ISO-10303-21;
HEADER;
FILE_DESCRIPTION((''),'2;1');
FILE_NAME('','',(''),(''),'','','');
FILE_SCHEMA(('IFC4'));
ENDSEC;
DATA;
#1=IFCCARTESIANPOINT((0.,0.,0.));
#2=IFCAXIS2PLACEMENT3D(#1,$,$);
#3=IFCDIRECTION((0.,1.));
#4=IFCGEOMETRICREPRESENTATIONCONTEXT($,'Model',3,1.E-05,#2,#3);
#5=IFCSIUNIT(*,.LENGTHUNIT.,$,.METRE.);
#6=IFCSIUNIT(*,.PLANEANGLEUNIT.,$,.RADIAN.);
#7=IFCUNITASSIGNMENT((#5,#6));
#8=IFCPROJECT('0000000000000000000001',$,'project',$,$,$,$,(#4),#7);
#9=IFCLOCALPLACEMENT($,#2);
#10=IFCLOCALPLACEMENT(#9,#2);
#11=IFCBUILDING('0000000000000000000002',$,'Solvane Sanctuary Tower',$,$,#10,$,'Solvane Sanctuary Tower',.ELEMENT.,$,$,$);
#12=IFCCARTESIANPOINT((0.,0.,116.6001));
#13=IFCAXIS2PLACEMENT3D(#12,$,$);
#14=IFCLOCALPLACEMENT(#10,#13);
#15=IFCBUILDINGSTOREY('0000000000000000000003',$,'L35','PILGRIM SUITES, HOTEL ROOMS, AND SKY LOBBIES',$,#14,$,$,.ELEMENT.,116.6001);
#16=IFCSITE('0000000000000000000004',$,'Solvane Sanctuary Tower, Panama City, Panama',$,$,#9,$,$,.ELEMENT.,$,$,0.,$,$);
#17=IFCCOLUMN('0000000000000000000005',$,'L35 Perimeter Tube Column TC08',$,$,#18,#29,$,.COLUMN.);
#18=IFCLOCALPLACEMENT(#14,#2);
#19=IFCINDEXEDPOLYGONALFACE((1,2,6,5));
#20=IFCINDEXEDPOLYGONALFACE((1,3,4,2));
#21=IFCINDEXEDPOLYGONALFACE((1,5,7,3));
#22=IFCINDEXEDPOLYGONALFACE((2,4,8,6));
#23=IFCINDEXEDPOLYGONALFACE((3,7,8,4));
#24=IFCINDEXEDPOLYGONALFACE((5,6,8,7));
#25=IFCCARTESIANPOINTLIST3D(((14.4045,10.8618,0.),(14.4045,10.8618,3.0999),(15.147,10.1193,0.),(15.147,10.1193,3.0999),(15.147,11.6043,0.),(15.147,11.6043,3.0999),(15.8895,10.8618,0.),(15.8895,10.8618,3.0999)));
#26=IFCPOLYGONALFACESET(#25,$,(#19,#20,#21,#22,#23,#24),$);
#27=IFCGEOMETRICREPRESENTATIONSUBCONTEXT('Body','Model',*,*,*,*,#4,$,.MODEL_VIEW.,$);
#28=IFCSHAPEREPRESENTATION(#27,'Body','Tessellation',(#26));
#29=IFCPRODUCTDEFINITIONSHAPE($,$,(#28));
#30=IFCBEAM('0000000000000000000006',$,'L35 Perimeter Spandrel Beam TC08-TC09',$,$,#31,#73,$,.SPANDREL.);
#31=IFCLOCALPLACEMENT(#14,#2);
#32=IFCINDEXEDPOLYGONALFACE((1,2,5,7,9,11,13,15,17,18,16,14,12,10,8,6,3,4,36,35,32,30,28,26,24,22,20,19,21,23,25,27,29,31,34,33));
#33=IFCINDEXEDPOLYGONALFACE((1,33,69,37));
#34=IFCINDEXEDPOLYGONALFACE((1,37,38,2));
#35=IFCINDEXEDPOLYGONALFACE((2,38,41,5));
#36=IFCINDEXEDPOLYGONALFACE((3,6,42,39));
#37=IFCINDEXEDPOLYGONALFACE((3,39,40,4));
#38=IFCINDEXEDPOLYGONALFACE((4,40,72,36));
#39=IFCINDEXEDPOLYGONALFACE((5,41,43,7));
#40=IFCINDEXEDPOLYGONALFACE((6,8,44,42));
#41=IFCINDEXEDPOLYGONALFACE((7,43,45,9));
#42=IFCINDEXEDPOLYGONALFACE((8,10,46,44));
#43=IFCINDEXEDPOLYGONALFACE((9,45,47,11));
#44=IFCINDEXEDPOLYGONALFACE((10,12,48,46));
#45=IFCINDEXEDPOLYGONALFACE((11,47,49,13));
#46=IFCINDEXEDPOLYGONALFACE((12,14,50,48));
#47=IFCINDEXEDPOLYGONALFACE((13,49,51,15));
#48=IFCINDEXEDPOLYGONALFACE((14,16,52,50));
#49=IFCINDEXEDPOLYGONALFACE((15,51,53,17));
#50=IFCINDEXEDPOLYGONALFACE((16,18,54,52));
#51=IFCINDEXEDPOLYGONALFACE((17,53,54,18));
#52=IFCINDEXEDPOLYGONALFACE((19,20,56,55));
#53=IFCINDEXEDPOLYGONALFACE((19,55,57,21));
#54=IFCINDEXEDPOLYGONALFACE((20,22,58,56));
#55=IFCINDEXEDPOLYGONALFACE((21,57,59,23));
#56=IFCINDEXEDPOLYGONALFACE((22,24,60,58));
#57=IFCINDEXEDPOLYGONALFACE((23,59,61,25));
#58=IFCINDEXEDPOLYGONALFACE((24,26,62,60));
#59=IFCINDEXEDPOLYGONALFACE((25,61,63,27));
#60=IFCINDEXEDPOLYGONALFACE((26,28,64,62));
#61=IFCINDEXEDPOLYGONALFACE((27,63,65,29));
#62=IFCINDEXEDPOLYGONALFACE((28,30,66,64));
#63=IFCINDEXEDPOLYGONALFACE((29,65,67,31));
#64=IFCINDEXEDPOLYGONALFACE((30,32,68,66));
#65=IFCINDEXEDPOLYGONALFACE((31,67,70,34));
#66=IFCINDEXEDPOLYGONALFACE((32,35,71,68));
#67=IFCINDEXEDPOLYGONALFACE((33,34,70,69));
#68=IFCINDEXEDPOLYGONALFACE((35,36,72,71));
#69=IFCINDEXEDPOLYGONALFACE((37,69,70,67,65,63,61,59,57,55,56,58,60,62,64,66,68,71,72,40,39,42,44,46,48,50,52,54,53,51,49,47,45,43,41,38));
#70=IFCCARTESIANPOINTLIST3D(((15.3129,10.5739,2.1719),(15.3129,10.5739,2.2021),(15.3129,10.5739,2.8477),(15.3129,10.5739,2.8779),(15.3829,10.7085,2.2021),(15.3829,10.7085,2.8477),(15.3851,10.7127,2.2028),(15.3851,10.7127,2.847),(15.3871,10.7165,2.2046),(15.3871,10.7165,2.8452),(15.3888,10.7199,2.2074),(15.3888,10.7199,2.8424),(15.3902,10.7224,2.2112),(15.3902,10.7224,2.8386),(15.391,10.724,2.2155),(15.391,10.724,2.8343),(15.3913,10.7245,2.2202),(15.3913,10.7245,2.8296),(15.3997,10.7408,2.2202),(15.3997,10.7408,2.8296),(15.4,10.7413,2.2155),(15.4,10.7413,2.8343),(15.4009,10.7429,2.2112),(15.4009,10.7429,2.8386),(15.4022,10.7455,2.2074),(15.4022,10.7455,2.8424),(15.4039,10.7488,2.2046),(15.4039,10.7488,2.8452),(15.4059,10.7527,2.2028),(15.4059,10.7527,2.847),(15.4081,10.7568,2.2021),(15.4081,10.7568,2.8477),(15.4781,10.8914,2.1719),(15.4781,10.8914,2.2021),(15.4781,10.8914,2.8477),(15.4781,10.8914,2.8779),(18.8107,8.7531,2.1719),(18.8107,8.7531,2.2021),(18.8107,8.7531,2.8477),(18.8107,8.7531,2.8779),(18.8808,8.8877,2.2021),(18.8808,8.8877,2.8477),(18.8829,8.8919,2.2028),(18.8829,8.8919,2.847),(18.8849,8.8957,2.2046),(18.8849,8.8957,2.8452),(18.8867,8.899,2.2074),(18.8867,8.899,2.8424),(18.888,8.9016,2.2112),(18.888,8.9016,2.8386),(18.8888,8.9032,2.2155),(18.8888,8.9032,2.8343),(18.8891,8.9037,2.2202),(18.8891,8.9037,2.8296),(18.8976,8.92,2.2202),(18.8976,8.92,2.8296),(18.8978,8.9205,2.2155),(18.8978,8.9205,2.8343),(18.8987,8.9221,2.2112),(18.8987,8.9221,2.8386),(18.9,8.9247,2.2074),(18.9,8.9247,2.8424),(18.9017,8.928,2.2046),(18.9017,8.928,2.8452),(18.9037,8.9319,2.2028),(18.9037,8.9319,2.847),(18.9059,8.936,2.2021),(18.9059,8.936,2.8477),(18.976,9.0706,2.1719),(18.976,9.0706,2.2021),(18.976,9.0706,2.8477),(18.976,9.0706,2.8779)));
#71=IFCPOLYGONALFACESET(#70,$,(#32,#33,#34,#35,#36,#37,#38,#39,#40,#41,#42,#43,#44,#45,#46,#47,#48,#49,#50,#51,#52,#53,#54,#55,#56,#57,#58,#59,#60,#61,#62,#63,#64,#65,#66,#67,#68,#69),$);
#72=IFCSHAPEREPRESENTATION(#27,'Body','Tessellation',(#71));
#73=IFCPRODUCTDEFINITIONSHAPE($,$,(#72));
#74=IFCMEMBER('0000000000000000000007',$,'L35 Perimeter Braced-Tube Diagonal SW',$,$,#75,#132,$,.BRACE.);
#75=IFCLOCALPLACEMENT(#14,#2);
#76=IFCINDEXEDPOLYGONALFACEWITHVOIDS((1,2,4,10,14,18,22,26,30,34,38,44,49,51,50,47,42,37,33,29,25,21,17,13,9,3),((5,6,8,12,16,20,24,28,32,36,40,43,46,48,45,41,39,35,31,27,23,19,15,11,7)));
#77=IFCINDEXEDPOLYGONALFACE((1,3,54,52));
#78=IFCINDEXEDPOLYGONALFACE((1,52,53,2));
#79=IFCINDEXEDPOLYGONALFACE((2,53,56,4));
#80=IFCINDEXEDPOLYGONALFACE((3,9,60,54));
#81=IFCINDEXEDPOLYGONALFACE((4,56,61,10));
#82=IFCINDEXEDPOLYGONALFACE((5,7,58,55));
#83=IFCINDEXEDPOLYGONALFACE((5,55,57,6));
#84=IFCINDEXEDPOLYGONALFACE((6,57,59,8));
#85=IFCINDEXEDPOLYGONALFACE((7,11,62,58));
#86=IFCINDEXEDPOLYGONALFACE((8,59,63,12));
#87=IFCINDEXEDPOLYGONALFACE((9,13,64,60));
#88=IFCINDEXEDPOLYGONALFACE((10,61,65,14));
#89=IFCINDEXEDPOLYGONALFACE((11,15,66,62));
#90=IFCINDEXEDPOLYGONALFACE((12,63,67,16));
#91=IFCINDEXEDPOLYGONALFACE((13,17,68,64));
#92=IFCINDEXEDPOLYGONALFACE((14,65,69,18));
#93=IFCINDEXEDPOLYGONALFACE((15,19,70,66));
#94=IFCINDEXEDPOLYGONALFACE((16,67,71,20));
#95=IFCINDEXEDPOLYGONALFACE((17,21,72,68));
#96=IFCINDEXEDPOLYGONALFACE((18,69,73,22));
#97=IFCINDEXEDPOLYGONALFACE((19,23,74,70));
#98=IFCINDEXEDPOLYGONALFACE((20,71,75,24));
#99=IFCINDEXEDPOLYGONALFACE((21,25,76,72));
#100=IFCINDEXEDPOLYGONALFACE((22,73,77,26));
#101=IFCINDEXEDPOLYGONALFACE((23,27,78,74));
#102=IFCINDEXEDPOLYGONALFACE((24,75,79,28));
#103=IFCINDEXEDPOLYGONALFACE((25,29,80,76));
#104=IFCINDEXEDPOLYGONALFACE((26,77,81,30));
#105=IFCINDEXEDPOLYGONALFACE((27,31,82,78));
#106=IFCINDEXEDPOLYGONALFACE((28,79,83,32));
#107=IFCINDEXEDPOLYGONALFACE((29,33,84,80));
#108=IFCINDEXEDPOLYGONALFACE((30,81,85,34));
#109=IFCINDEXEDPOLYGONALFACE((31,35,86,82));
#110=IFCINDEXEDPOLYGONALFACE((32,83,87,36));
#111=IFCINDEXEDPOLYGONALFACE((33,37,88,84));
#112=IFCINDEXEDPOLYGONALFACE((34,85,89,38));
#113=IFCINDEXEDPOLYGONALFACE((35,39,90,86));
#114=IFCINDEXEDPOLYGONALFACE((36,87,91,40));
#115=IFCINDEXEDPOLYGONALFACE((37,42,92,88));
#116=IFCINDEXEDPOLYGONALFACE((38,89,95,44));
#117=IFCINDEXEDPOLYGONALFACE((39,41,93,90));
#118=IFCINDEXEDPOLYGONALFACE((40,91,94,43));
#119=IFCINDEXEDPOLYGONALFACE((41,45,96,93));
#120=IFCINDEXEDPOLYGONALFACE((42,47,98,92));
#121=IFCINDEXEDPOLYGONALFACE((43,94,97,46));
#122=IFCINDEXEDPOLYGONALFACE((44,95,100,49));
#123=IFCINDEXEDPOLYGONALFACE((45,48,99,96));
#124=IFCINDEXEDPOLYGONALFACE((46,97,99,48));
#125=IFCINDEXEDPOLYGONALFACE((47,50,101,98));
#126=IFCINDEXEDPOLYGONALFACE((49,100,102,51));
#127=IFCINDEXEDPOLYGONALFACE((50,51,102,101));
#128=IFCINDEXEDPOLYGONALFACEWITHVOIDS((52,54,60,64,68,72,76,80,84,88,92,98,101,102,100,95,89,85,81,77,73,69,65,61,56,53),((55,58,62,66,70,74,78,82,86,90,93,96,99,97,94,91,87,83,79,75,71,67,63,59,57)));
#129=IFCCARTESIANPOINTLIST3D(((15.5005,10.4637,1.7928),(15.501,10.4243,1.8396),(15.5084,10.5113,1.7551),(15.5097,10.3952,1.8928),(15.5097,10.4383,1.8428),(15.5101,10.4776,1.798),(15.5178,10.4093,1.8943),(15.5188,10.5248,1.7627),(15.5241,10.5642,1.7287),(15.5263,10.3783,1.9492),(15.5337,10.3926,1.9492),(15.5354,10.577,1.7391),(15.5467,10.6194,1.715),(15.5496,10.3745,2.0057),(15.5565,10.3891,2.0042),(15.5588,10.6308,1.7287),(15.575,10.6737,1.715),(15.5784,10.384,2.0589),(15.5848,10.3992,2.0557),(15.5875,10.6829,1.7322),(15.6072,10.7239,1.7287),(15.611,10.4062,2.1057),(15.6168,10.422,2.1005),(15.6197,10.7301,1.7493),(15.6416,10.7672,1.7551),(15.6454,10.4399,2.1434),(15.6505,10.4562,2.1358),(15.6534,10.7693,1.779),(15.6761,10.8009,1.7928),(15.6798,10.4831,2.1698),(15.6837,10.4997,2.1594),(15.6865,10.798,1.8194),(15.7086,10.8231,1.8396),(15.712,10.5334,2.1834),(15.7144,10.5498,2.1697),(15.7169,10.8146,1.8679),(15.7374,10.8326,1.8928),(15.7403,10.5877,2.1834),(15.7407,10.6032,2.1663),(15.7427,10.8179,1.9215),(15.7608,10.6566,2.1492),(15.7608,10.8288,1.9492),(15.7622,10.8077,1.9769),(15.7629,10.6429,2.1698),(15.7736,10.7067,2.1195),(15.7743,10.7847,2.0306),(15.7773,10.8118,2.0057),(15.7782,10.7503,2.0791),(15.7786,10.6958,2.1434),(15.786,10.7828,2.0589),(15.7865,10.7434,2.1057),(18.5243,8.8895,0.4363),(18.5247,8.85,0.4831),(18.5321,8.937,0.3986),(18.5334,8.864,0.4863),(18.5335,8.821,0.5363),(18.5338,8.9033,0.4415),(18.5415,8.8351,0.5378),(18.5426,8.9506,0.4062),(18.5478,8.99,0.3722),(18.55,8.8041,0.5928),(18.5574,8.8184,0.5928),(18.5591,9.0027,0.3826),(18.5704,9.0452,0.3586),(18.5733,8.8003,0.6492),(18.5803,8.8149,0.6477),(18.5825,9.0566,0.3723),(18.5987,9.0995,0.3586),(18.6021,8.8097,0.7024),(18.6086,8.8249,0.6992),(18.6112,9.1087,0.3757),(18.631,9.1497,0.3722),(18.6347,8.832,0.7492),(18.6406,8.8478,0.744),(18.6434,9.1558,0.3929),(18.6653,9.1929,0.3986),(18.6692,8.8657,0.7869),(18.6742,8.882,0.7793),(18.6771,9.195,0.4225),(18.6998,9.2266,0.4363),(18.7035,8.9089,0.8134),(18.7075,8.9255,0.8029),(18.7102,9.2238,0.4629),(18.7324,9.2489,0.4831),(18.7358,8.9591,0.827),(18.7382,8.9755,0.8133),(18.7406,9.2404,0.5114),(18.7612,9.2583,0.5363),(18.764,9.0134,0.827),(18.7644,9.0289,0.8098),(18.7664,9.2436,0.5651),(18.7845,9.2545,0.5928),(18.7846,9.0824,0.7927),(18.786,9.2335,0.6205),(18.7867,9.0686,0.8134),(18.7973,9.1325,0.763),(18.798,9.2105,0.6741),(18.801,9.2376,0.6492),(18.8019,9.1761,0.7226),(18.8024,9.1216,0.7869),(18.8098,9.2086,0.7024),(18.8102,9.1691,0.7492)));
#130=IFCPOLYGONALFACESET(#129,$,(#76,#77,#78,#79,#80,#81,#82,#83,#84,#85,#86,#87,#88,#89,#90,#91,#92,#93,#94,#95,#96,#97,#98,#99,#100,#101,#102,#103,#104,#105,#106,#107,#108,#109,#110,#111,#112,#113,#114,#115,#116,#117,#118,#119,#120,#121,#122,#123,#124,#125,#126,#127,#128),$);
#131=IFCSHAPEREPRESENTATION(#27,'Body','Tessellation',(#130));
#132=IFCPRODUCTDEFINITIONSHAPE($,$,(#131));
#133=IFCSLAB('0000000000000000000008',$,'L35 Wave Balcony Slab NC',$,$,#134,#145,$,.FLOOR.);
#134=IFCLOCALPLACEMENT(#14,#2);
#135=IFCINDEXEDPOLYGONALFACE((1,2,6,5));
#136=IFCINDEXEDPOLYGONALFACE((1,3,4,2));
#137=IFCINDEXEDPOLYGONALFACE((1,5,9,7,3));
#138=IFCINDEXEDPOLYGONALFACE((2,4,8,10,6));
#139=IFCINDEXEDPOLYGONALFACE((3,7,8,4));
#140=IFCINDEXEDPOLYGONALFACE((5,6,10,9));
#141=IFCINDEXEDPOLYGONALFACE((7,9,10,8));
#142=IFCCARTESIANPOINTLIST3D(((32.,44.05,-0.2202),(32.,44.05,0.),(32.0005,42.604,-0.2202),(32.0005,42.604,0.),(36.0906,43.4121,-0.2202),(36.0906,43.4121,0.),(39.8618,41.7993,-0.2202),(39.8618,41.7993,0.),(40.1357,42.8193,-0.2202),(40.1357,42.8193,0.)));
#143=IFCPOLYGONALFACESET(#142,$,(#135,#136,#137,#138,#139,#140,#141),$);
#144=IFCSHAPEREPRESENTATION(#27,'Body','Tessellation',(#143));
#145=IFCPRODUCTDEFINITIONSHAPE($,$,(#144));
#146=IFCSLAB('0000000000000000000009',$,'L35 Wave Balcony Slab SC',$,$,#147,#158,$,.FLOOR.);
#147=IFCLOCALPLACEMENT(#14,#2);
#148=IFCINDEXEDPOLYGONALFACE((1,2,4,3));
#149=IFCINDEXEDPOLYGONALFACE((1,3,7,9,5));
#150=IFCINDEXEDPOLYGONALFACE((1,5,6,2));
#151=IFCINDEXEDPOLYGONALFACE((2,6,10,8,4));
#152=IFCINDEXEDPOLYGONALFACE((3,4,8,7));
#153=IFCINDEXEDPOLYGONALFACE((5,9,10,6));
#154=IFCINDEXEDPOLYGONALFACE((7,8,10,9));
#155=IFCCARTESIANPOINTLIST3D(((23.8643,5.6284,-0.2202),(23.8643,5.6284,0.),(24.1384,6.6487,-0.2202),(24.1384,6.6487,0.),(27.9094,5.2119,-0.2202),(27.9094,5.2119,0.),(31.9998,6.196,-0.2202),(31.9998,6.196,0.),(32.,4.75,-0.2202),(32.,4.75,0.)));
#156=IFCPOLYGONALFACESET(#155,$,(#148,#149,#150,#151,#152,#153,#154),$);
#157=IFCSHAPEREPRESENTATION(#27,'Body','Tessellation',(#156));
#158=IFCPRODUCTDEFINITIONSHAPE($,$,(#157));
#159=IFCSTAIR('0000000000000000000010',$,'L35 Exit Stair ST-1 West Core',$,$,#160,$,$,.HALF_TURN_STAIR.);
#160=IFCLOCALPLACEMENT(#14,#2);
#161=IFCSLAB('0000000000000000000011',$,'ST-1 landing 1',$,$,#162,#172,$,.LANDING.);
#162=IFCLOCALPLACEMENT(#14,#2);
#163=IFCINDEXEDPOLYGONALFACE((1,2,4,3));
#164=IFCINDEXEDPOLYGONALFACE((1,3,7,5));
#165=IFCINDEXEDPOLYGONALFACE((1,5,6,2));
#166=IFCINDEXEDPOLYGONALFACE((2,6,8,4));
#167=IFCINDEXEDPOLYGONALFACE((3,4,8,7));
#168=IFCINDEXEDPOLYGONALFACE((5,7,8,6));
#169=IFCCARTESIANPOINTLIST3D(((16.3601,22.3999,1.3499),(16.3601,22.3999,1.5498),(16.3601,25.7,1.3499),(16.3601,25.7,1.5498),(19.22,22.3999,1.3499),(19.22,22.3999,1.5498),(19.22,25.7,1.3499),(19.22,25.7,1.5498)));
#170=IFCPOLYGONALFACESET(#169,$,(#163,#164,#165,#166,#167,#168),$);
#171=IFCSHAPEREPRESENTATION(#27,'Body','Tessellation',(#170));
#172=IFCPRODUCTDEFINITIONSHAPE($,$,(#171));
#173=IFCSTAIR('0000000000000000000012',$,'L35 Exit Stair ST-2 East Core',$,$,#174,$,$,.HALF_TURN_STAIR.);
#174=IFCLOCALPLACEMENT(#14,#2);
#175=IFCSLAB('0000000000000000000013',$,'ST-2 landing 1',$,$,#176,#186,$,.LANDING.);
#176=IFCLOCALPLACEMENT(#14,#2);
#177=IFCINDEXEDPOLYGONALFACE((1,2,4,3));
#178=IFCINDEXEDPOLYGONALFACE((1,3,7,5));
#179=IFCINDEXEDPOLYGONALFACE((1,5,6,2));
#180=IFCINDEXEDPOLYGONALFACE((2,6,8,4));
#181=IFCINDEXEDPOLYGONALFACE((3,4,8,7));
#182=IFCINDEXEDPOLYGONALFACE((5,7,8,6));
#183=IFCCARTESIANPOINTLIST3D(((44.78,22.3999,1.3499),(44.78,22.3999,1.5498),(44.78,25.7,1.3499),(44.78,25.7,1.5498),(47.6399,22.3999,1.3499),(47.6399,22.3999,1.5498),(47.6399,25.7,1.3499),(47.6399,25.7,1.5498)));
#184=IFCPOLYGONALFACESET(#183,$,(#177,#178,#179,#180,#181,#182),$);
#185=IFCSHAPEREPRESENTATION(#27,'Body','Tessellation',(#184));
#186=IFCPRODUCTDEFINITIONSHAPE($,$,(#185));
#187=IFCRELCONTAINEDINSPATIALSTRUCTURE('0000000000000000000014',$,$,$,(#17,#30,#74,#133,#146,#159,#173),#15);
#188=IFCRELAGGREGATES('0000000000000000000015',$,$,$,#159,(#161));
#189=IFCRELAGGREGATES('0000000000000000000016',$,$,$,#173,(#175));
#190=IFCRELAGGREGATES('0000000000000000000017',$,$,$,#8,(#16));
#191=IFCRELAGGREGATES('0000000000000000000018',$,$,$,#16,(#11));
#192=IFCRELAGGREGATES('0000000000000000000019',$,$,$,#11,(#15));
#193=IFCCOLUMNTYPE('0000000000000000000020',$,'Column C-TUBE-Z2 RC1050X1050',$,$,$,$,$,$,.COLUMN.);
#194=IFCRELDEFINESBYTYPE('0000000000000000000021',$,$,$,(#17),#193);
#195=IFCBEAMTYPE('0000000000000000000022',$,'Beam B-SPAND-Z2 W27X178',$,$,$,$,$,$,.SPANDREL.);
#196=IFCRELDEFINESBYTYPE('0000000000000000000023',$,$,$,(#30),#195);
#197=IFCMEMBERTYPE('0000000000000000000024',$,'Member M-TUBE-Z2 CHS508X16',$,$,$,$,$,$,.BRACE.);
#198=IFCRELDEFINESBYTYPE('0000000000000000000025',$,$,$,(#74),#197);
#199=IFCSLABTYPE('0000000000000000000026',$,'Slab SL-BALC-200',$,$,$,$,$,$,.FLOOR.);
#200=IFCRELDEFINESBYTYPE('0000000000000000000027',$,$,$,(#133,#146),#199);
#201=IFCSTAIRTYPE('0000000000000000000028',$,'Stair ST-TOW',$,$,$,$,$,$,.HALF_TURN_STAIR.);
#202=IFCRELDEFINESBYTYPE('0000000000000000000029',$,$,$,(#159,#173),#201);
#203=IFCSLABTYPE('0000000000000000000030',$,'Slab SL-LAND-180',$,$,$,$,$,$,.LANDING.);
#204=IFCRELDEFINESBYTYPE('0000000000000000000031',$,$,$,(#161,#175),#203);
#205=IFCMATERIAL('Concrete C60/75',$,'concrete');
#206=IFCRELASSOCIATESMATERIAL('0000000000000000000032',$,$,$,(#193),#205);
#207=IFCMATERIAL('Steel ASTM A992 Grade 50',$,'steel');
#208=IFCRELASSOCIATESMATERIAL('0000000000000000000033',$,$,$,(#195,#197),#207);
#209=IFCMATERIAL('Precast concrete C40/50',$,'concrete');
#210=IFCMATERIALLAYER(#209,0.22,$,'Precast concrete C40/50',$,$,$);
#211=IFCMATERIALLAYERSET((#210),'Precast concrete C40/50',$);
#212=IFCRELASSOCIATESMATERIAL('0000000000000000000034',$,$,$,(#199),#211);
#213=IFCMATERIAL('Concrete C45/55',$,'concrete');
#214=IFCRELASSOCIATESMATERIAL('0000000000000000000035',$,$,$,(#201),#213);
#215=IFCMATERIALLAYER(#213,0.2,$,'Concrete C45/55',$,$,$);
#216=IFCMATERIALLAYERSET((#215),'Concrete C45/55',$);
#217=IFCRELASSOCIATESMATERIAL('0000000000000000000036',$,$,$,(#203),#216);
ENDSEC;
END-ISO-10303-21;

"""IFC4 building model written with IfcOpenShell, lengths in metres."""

from ifc_helpers import new_model, si_unit, direction, frame, origin, origin_2d, place, context, subcontext, project, spatial, polyline, rectangle, hollow_circle, i_section, outline, extrude, material, layer, layer_set, material_profile, profile_set, type_object, element, aggregate, save


model = new_model("IFC4")

# Units and contexts
model_context = context("Model", 3, precision=1e-05, world=origin(), true_north=direction((0.0, 1.0)))
body_context = subcontext(model_context, "Body", "Model", "MODEL_VIEW")
ifc_project = project(units=[si_unit("LENGTHUNIT", "METRE"), si_unit("PLANEANGLEUNIT", "RADIAN")], contexts=[model_context])

# Site, building, storey
site_placement = place(None, origin())
site = spatial("IfcSite", under=ifc_project, at=site_placement, Name="Solvane Sanctuary Tower, Panama City, Panama", CompositionType="ELEMENT", RefElevation=0.0)
building_placement = place(site_placement, origin())
building = spatial("IfcBuilding", under=site, at=building_placement, Name="Solvane Sanctuary Tower", LongName="Solvane Sanctuary Tower", CompositionType="ELEMENT")
storey_placement = place(building_placement, frame((0.0, 0.0, 116.6001)))
storey = spatial("IfcBuildingStorey", under=building, at=storey_placement, Name="L35", Description="PILGRIM SUITES, HOTEL ROOMS, AND SKY LOBBIES", CompositionType="ELEMENT", Elevation=116.6001)

# Column
ifc_material_1 = material(Name="Concrete C60/75", Category="concrete")
ifc_material_profile_1 = material_profile(ifc_material_1, rectangle(XDim=1.05, YDim=1.05, at=origin_2d()), Name="RC1050X1050")
ifc_profile_set_1 = profile_set([ifc_material_profile_1], Name="Concrete C60/75")
column_type = type_object("IfcColumnType", Name="Column C-TUBE-Z2 RC1050X1050", PredefinedType="COLUMN", material=ifc_profile_set_1)
column_placement = place(storey_placement, frame((15.147, 10.8618, 0.0), z_axis=(0.0, 0.0, 1.0), x_axis=(-0.707107, -0.707107, 0.0)))
element("IfcColumn", 1, at=column_placement, inside=storey, type_object=column_type, Name="L35 Perimeter Tube Column TC08", PredefinedType="COLUMN", context=body_context, shape_type="SweptSolid", body=[
    extrude(rectangle(XDim=1.05, YDim=1.05, at=origin_2d()), origin(), (0.0, 0.0, 1.0), 3.0999),
])

# Beam
ifc_material_2 = material(Name="Steel ASTM A992 Grade 50", Category="steel")
ifc_material_profile_2 = material_profile(ifc_material_2, i_section(OverallWidth=0.3579, OverallDepth=0.7061, WebThickness=0.0183, FlangeThickness=0.0303, FilletRadius=0.0181, at=origin_2d()), Name="W27X178")
ifc_profile_set_2 = profile_set([ifc_material_profile_2], Name="Steel ASTM A992 Grade 50")
beam_type = type_object("IfcBeamType", Name="Beam B-SPAND-Z2 W27X178", PredefinedType="SPANDREL", material=ifc_profile_set_2)
beam_placement = place(storey_placement, frame((15.3955, 10.7327, 2.5249), z_axis=(0.887015, -0.461741, 0.0), x_axis=(0.461741, 0.887015, 0.0)))
element("IfcBeam", 2, at=beam_placement, inside=storey, type_object=beam_type, Name="L35 Perimeter Spandrel Beam TC08-TC09", PredefinedType="SPANDREL", context=body_context, shape_type="SweptSolid", body=[
    extrude(i_section(OverallWidth=0.3579, OverallDepth=0.7061, WebThickness=0.0183, FlangeThickness=0.0303, FilletRadius=0.0181, at=origin_2d()), origin(), (0.0, 0.0, 1.0), 3.9434),
])

# Member
ifc_material_profile_3 = material_profile(ifc_material_2, hollow_circle(Radius=0.2539, WallThickness=0.0161, at=origin_2d()), Name="CHS508X16")
ifc_profile_set_3 = profile_set([ifc_material_profile_3], Name="Steel ASTM A992 Grade 50")
member_type = type_object("IfcMemberType", Name="Member M-TUBE-Z2 CHS508X16", PredefinedType="BRACE", material=ifc_profile_set_3)
member_placement = place(storey_placement, frame((18.6672, 9.0293, 0.5928), z_axis=(-0.824141, 0.429072, 0.369715), x_axis=(-0.461792, -0.886988, 0.0)))
element("IfcMember", 3, at=member_placement, inside=storey, type_object=member_type, Name="L35 Perimeter Braced-Tube Diagonal SW", PredefinedType="BRACE", context=body_context, shape_type="SweptSolid", body=[
    extrude(hollow_circle(Radius=0.2539, WallThickness=0.0161, at=origin_2d()), origin(), (0.0, 0.0, 1.0), 3.6689),
])

# Slabs
ifc_material_3 = material(Name="Precast concrete C40/50", Category="concrete")
ifc_layer_1 = layer(ifc_material_3, 0.22, Name="Precast concrete C40/50")
ifc_layer_set_1 = layer_set([ifc_layer_1], Name="Precast concrete C40/50")
slab_type_1 = type_object("IfcSlabType", Name="Slab SL-BALC-200", PredefinedType="FLOOR", material=ifc_layer_set_1)
slab_1_placement = place(storey_placement, frame((0.0, 0.0, -0.2202)))
element("IfcSlab", 4, at=slab_1_placement, inside=storey, type_object=slab_type_1, Name="L35 Wave Balcony Slab NC", PredefinedType="FLOOR", context=body_context, shape_type="SweptSolid", body=[
    extrude(outline(polyline([(40.1357, 42.8193), (36.0906, 43.4121), (32.0, 44.05), (32.0005, 42.604), (39.8618, 41.7993), (40.1357, 42.8193)])), origin(), (0.0, 0.0, 1.0), 0.2202),
])
slab_2_placement = place(storey_placement, frame((0.0, 0.0, -0.2202)))
element("IfcSlab", 5, at=slab_2_placement, inside=storey, type_object=slab_type_1, Name="L35 Wave Balcony Slab SC", PredefinedType="FLOOR", context=body_context, shape_type="SweptSolid", body=[
    extrude(outline(polyline([(23.8643, 5.6284), (27.9094, 5.2119), (32.0, 4.75), (31.9998, 6.196), (24.1384, 6.6487), (23.8643, 5.6284)])), origin(), (0.0, 0.0, 1.0), 0.2202),
])

# Stairs, slabs
ifc_material_4 = material(Name="Concrete C45/55", Category="concrete")
stair_type = type_object("IfcStairType", Name="Stair ST-TOW", PredefinedType="HALF_TURN_STAIR", material=ifc_material_4)
stair_1_placement = place(storey_placement, origin())
stair_1 = element("IfcStair", 6, at=stair_1_placement, inside=storey, type_object=stair_type, Name="L35 Exit Stair ST-1 West Core", PredefinedType="HALF_TURN_STAIR")
ifc_layer_2 = layer(ifc_material_4, 0.2, Name="Concrete C45/55")
ifc_layer_set_2 = layer_set([ifc_layer_2], Name="Concrete C45/55")
slab_type_2 = type_object("IfcSlabType", Name="Slab SL-LAND-180", PredefinedType="LANDING", material=ifc_layer_set_2)
slab_3_placement = place(storey_placement, frame((0.0, 0.0, 1.3499)))
slab_3 = element("IfcSlab", 7, at=slab_3_placement, type_object=slab_type_2, Name="ST-1 landing 1", PredefinedType="LANDING", context=body_context, shape_type="SweptSolid", body=[
    extrude(outline(polyline([(19.22, 22.3999), (19.22, 25.7), (16.3601, 25.7), (16.3601, 22.3999), (19.22, 22.3999)])), origin(), (0.0, 0.0, 1.0), 0.2),
])
aggregate(stair_1, [slab_3])
stair_2_placement = place(storey_placement, origin())
stair_2 = element("IfcStair", 8, at=stair_2_placement, inside=storey, type_object=stair_type, Name="L35 Exit Stair ST-2 East Core", PredefinedType="HALF_TURN_STAIR")
slab_4_placement = place(storey_placement, frame((0.0, 0.0, 1.3499)))
slab_4 = element("IfcSlab", 9, at=slab_4_placement, type_object=slab_type_2, Name="ST-2 landing 1", PredefinedType="LANDING", context=body_context, shape_type="SweptSolid", body=[
    extrude(outline(polyline([(47.6399, 22.3999), (47.6399, 25.7), (44.78, 25.7), (44.78, 22.3999), (47.6399, 22.3999)])), origin(), (0.0, 0.0, 1.0), 0.2),
])
aggregate(stair_2, [slab_4])

save(model, "model.ifc")
